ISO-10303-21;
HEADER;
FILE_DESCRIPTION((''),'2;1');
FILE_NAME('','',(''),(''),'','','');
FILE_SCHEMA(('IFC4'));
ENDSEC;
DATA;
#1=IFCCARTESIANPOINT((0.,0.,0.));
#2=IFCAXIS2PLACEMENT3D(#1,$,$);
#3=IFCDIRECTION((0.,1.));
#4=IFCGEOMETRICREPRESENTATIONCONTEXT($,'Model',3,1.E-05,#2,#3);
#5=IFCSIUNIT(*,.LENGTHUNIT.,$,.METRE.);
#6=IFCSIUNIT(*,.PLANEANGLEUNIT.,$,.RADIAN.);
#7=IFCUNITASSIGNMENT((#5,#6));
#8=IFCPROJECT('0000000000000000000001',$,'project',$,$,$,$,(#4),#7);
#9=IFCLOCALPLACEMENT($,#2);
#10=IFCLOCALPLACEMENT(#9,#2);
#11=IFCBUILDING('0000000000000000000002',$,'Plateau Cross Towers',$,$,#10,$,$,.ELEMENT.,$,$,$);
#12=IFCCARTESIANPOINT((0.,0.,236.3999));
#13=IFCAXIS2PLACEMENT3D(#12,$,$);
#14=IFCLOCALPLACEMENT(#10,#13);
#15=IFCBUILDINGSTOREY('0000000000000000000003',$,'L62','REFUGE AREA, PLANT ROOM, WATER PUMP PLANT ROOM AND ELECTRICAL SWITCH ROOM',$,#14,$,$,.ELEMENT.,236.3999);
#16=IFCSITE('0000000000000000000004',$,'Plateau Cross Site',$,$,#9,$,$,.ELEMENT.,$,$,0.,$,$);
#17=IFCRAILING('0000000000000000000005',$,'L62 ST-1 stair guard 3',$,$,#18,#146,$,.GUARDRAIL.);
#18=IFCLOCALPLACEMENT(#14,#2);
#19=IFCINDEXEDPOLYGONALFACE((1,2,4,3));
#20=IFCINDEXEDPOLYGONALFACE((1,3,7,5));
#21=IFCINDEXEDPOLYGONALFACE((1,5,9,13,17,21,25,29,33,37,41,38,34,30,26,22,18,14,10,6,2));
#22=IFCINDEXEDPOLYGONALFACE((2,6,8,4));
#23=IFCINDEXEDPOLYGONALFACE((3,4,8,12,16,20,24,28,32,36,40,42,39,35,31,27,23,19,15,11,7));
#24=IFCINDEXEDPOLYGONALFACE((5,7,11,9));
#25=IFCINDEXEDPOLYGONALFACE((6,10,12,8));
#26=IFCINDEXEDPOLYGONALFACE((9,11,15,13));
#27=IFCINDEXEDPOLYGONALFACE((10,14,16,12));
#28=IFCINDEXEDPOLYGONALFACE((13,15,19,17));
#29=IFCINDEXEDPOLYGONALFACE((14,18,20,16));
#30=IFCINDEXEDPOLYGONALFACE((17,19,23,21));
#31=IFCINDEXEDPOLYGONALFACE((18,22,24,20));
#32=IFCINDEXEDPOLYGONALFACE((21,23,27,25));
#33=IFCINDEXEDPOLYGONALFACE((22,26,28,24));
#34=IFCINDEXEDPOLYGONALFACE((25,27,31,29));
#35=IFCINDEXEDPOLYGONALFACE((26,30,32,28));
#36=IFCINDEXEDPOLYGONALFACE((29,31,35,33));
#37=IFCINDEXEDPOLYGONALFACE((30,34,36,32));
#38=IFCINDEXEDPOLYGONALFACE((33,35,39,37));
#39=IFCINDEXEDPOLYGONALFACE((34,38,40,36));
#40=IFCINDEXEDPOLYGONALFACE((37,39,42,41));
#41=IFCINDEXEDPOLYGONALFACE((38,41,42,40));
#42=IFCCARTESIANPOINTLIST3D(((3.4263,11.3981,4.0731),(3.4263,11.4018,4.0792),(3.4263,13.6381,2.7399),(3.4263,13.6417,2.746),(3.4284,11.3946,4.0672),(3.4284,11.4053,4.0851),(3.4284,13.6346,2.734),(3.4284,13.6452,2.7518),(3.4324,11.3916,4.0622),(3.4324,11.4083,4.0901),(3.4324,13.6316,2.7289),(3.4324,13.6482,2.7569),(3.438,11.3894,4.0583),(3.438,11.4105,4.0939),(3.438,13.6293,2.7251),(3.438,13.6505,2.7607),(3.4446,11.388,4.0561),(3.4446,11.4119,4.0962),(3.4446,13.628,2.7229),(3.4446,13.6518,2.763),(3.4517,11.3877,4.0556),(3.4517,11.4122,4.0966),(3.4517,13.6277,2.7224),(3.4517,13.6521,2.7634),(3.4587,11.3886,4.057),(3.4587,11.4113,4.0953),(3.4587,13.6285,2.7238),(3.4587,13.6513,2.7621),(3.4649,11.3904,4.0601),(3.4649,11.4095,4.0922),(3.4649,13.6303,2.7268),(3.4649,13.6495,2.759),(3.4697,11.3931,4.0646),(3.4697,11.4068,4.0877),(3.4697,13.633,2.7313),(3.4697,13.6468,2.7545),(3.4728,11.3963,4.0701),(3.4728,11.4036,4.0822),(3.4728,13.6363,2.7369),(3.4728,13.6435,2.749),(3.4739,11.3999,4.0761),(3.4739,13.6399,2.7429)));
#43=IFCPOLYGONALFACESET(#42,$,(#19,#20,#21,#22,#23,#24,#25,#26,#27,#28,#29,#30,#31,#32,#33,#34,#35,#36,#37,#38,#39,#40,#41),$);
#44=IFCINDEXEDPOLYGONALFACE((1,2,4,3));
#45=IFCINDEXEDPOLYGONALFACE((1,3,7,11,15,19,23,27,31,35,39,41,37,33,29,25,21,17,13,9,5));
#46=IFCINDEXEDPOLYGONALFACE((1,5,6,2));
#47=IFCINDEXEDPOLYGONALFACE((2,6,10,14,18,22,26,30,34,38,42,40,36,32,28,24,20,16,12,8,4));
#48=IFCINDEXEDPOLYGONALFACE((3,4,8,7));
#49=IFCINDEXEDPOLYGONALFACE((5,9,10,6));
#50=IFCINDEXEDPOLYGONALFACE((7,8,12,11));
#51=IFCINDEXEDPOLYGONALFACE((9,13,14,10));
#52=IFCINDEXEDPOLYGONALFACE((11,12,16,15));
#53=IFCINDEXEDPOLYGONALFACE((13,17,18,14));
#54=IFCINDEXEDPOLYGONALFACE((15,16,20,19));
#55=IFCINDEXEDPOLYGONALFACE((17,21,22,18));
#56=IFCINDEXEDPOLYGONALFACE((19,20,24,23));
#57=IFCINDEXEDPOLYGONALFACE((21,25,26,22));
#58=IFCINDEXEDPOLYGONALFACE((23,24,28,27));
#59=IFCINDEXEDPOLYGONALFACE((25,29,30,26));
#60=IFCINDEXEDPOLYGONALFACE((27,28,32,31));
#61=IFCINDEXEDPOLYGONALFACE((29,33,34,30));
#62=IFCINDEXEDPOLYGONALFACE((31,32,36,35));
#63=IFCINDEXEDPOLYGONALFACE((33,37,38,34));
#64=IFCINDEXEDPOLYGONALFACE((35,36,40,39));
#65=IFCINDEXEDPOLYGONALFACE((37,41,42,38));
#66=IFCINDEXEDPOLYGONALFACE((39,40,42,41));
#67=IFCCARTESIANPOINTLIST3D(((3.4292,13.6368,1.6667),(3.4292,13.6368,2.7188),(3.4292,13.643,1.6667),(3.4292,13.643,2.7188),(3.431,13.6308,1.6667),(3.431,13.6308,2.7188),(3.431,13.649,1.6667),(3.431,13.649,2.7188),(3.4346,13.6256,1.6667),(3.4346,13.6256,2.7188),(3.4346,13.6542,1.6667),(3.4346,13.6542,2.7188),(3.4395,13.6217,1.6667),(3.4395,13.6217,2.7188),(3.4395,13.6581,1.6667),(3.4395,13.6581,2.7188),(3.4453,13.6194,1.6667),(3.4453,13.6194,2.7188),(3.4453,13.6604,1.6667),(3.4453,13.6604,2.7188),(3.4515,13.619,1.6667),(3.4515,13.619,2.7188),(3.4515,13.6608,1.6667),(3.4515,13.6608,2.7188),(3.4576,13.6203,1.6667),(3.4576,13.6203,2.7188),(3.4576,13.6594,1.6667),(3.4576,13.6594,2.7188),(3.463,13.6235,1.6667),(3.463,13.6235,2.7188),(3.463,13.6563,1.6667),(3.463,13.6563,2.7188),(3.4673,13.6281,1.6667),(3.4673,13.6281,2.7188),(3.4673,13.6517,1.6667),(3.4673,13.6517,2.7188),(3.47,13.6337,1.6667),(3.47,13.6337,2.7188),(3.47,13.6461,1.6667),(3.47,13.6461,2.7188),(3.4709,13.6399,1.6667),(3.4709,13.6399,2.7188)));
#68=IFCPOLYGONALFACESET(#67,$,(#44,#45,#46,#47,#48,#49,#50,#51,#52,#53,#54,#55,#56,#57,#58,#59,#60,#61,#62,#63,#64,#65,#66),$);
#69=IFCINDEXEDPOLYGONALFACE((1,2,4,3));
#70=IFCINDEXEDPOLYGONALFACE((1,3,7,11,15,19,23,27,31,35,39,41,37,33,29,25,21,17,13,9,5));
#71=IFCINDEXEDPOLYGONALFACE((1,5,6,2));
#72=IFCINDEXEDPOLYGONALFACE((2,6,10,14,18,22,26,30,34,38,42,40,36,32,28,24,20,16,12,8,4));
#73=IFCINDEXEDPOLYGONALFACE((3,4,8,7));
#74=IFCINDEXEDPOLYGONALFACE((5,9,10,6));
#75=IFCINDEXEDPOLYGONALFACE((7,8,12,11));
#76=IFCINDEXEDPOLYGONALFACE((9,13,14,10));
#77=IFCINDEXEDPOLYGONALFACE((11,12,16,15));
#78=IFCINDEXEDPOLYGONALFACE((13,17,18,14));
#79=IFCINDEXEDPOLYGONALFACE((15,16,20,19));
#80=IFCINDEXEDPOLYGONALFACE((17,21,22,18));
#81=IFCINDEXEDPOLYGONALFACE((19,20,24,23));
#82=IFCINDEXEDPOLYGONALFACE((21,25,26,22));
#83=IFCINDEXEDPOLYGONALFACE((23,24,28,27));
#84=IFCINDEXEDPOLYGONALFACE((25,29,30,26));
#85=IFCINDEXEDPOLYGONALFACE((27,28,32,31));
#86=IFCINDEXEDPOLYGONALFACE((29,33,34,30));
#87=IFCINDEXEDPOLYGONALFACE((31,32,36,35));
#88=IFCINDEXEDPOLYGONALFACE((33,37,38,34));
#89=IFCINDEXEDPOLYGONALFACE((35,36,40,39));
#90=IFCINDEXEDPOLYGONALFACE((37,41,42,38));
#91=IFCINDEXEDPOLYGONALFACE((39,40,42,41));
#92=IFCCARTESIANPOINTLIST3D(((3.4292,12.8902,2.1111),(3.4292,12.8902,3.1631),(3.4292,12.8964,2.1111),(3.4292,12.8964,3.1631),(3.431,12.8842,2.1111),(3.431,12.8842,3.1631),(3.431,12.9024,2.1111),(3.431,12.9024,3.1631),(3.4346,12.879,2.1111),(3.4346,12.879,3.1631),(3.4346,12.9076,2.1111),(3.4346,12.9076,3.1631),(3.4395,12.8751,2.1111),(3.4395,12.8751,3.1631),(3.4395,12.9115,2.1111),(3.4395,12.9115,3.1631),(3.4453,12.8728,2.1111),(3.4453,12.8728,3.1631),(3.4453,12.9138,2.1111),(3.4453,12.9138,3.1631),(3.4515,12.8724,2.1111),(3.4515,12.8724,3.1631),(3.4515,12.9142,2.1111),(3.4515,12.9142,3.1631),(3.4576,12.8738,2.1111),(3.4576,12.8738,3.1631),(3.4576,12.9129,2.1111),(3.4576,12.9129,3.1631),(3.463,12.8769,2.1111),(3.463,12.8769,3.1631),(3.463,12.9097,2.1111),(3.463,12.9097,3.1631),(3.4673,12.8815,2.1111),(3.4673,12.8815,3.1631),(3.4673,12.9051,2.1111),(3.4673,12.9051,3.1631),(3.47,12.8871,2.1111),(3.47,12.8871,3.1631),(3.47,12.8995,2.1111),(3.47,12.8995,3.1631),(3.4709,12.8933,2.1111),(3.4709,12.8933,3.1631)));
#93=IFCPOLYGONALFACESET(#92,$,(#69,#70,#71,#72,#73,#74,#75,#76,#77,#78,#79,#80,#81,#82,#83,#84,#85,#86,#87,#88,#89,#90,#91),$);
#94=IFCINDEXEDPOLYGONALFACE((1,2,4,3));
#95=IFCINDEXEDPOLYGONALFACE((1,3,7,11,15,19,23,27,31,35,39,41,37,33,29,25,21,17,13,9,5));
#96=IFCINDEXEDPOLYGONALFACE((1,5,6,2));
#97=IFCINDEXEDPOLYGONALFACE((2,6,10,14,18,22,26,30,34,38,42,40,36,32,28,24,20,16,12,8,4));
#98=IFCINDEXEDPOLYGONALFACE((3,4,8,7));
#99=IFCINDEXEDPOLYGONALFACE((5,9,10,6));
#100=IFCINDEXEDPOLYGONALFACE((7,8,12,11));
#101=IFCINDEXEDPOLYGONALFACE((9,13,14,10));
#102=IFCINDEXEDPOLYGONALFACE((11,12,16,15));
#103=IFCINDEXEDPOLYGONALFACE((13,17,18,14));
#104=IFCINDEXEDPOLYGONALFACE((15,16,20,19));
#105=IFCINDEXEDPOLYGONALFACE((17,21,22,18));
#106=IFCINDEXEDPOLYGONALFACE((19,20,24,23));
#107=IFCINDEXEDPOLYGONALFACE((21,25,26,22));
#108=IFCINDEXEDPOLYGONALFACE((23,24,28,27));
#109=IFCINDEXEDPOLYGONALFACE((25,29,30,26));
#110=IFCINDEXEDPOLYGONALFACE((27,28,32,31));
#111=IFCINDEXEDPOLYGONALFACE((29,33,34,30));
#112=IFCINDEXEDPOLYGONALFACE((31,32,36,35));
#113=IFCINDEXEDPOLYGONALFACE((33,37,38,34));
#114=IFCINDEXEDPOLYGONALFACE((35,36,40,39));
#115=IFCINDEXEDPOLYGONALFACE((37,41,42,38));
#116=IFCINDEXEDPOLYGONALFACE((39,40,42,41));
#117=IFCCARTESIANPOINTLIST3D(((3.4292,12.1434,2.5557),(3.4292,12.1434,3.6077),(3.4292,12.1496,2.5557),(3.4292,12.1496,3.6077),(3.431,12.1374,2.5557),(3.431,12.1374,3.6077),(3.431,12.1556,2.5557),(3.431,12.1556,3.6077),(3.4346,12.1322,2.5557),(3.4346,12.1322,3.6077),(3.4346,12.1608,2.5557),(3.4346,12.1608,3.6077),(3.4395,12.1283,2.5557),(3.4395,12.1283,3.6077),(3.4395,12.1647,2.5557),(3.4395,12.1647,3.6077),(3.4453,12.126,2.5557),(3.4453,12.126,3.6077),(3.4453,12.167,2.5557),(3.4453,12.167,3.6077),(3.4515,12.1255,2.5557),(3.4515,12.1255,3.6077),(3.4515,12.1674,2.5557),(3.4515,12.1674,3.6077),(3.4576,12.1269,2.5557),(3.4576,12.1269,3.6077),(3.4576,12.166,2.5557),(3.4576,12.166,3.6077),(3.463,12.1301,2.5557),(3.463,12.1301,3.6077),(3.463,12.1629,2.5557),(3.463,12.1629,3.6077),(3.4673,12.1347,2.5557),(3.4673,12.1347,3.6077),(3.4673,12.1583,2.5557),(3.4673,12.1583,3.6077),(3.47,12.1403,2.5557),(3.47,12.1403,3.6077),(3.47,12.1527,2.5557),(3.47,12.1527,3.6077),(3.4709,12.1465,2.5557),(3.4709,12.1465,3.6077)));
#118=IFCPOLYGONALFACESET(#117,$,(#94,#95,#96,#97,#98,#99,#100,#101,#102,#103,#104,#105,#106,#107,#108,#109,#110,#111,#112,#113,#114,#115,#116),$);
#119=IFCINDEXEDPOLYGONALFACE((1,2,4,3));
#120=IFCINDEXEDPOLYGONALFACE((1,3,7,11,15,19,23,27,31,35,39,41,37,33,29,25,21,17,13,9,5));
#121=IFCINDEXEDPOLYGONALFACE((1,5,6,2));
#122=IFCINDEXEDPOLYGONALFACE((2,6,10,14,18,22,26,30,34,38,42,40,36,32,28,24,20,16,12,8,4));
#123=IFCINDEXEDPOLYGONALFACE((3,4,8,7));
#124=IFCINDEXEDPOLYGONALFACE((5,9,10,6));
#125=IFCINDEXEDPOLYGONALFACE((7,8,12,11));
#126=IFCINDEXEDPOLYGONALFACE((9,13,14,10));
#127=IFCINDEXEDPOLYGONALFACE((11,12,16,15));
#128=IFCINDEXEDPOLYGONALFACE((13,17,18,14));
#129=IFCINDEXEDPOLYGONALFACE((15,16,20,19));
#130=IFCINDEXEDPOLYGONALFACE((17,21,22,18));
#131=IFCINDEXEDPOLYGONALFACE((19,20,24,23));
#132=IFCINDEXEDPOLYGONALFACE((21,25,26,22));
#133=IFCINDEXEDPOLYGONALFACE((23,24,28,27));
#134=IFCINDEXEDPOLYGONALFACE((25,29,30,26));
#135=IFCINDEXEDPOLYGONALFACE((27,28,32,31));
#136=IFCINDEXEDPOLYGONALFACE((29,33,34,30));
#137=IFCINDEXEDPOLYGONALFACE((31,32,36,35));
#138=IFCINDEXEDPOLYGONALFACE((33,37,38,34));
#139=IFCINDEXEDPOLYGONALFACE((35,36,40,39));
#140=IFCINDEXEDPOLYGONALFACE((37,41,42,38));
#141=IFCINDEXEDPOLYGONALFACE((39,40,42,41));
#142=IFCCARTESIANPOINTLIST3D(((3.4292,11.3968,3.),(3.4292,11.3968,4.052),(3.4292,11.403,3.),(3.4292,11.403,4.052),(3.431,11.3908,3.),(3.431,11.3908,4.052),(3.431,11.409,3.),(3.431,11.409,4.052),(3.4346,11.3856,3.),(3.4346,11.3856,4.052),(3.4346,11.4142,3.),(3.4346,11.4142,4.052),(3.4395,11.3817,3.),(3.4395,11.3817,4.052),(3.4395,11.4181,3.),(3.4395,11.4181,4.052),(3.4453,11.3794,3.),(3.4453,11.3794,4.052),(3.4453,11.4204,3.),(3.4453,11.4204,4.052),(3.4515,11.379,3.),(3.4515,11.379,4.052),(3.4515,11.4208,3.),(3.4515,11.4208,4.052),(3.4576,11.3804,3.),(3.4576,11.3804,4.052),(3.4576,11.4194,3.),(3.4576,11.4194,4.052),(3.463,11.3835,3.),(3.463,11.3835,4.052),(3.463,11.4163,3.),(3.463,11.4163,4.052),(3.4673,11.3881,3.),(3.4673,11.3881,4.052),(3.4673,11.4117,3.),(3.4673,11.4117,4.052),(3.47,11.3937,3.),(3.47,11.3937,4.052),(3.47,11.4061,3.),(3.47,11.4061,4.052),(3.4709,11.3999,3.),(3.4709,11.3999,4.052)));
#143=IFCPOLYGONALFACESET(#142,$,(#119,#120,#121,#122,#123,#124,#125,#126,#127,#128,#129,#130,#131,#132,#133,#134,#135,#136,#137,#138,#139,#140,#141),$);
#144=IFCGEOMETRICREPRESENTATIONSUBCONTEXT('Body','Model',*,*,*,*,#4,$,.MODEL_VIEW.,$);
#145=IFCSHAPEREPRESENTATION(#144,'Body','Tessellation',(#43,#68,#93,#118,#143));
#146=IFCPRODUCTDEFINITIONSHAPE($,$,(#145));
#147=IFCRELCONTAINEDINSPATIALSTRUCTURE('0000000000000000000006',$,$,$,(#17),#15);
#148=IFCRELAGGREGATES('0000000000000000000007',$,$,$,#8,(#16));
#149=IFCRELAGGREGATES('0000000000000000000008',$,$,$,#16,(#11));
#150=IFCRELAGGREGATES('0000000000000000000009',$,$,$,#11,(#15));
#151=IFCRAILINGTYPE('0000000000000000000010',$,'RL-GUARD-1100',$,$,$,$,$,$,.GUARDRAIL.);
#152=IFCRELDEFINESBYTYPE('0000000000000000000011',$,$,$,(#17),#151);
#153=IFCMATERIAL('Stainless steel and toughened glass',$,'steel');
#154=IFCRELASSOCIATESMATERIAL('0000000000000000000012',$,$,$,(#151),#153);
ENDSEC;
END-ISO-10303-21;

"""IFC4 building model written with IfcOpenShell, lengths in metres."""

from ifc_helpers import new_model, si_unit, direction, frame, origin, origin_2d, place, context, subcontext, project, spatial, circle, extrude, material, type_object, element, save


model = new_model("IFC4")

# Units and contexts
model_context = context("Model", 3, precision=1e-05, world=origin(), true_north=direction((0.0, 1.0)))
body_context = subcontext(model_context, "Body", "Model", "MODEL_VIEW")
ifc_project = project(units=[si_unit("LENGTHUNIT", "METRE"), si_unit("PLANEANGLEUNIT", "RADIAN")], contexts=[model_context])

# Site, building, storey
site_placement = place(None, origin())
site = spatial("IfcSite", under=ifc_project, at=site_placement, Name="Plateau Cross Site", CompositionType="ELEMENT", RefElevation=0.0)
building_placement = place(site_placement, origin())
building = spatial("IfcBuilding", under=site, at=building_placement, Name="Plateau Cross Towers", CompositionType="ELEMENT")
storey_placement = place(building_placement, frame((0.0, 0.0, 236.3999)))
storey = spatial("IfcBuildingStorey", under=building, at=storey_placement, Name="L62", Description="REFUGE AREA, PLANT ROOM, WATER PUMP PLANT ROOM AND ELECTRICAL SWITCH ROOM", CompositionType="ELEMENT", Elevation=236.3999)

# Railing
ifc_material_1 = material(Name="Stainless steel and toughened glass", Category="steel")
railing_type_1 = type_object("IfcRailingType", Name="RL-GUARD-1100", PredefinedType="GUARDRAIL", material=ifc_material_1)
railing_1_placement = place(storey_placement, frame((3.45, 13.6399, 1.6667)))
element("IfcRailing", 1, at=railing_1_placement, inside=storey, type_object=railing_type_1, Name="L62 ST-1 stair guard 3", PredefinedType="GUARDRAIL", context=body_context, shape_type="SweptSolid", body=[
    extrude(circle(Radius=0.0239, at=origin_2d()), frame((0.0, 0.0, 1.0762), z_axis=(0.0, -0.859306, 0.511462), x_axis=(1.0, 0.0, 0.0)), (0.0, 0.0, 1.0), 2.6067),
    extrude(circle(Radius=0.021, at=origin_2d()), origin(), (0.0, 0.0, 1.0), 1.052),
    extrude(circle(Radius=0.021, at=origin_2d()), frame((0.0, -0.7466, 0.4443)), (0.0, 0.0, 1.0), 1.052),
    extrude(circle(Radius=0.021, at=origin_2d()), frame((0.0, -1.4934, 0.8889)), (0.0, 0.0, 1.0), 1.052),
    extrude(circle(Radius=0.021, at=origin_2d()), frame((0.0, -2.24, 1.3333)), (0.0, 0.0, 1.0), 1.052),
])

save(model, "model.ifc")
